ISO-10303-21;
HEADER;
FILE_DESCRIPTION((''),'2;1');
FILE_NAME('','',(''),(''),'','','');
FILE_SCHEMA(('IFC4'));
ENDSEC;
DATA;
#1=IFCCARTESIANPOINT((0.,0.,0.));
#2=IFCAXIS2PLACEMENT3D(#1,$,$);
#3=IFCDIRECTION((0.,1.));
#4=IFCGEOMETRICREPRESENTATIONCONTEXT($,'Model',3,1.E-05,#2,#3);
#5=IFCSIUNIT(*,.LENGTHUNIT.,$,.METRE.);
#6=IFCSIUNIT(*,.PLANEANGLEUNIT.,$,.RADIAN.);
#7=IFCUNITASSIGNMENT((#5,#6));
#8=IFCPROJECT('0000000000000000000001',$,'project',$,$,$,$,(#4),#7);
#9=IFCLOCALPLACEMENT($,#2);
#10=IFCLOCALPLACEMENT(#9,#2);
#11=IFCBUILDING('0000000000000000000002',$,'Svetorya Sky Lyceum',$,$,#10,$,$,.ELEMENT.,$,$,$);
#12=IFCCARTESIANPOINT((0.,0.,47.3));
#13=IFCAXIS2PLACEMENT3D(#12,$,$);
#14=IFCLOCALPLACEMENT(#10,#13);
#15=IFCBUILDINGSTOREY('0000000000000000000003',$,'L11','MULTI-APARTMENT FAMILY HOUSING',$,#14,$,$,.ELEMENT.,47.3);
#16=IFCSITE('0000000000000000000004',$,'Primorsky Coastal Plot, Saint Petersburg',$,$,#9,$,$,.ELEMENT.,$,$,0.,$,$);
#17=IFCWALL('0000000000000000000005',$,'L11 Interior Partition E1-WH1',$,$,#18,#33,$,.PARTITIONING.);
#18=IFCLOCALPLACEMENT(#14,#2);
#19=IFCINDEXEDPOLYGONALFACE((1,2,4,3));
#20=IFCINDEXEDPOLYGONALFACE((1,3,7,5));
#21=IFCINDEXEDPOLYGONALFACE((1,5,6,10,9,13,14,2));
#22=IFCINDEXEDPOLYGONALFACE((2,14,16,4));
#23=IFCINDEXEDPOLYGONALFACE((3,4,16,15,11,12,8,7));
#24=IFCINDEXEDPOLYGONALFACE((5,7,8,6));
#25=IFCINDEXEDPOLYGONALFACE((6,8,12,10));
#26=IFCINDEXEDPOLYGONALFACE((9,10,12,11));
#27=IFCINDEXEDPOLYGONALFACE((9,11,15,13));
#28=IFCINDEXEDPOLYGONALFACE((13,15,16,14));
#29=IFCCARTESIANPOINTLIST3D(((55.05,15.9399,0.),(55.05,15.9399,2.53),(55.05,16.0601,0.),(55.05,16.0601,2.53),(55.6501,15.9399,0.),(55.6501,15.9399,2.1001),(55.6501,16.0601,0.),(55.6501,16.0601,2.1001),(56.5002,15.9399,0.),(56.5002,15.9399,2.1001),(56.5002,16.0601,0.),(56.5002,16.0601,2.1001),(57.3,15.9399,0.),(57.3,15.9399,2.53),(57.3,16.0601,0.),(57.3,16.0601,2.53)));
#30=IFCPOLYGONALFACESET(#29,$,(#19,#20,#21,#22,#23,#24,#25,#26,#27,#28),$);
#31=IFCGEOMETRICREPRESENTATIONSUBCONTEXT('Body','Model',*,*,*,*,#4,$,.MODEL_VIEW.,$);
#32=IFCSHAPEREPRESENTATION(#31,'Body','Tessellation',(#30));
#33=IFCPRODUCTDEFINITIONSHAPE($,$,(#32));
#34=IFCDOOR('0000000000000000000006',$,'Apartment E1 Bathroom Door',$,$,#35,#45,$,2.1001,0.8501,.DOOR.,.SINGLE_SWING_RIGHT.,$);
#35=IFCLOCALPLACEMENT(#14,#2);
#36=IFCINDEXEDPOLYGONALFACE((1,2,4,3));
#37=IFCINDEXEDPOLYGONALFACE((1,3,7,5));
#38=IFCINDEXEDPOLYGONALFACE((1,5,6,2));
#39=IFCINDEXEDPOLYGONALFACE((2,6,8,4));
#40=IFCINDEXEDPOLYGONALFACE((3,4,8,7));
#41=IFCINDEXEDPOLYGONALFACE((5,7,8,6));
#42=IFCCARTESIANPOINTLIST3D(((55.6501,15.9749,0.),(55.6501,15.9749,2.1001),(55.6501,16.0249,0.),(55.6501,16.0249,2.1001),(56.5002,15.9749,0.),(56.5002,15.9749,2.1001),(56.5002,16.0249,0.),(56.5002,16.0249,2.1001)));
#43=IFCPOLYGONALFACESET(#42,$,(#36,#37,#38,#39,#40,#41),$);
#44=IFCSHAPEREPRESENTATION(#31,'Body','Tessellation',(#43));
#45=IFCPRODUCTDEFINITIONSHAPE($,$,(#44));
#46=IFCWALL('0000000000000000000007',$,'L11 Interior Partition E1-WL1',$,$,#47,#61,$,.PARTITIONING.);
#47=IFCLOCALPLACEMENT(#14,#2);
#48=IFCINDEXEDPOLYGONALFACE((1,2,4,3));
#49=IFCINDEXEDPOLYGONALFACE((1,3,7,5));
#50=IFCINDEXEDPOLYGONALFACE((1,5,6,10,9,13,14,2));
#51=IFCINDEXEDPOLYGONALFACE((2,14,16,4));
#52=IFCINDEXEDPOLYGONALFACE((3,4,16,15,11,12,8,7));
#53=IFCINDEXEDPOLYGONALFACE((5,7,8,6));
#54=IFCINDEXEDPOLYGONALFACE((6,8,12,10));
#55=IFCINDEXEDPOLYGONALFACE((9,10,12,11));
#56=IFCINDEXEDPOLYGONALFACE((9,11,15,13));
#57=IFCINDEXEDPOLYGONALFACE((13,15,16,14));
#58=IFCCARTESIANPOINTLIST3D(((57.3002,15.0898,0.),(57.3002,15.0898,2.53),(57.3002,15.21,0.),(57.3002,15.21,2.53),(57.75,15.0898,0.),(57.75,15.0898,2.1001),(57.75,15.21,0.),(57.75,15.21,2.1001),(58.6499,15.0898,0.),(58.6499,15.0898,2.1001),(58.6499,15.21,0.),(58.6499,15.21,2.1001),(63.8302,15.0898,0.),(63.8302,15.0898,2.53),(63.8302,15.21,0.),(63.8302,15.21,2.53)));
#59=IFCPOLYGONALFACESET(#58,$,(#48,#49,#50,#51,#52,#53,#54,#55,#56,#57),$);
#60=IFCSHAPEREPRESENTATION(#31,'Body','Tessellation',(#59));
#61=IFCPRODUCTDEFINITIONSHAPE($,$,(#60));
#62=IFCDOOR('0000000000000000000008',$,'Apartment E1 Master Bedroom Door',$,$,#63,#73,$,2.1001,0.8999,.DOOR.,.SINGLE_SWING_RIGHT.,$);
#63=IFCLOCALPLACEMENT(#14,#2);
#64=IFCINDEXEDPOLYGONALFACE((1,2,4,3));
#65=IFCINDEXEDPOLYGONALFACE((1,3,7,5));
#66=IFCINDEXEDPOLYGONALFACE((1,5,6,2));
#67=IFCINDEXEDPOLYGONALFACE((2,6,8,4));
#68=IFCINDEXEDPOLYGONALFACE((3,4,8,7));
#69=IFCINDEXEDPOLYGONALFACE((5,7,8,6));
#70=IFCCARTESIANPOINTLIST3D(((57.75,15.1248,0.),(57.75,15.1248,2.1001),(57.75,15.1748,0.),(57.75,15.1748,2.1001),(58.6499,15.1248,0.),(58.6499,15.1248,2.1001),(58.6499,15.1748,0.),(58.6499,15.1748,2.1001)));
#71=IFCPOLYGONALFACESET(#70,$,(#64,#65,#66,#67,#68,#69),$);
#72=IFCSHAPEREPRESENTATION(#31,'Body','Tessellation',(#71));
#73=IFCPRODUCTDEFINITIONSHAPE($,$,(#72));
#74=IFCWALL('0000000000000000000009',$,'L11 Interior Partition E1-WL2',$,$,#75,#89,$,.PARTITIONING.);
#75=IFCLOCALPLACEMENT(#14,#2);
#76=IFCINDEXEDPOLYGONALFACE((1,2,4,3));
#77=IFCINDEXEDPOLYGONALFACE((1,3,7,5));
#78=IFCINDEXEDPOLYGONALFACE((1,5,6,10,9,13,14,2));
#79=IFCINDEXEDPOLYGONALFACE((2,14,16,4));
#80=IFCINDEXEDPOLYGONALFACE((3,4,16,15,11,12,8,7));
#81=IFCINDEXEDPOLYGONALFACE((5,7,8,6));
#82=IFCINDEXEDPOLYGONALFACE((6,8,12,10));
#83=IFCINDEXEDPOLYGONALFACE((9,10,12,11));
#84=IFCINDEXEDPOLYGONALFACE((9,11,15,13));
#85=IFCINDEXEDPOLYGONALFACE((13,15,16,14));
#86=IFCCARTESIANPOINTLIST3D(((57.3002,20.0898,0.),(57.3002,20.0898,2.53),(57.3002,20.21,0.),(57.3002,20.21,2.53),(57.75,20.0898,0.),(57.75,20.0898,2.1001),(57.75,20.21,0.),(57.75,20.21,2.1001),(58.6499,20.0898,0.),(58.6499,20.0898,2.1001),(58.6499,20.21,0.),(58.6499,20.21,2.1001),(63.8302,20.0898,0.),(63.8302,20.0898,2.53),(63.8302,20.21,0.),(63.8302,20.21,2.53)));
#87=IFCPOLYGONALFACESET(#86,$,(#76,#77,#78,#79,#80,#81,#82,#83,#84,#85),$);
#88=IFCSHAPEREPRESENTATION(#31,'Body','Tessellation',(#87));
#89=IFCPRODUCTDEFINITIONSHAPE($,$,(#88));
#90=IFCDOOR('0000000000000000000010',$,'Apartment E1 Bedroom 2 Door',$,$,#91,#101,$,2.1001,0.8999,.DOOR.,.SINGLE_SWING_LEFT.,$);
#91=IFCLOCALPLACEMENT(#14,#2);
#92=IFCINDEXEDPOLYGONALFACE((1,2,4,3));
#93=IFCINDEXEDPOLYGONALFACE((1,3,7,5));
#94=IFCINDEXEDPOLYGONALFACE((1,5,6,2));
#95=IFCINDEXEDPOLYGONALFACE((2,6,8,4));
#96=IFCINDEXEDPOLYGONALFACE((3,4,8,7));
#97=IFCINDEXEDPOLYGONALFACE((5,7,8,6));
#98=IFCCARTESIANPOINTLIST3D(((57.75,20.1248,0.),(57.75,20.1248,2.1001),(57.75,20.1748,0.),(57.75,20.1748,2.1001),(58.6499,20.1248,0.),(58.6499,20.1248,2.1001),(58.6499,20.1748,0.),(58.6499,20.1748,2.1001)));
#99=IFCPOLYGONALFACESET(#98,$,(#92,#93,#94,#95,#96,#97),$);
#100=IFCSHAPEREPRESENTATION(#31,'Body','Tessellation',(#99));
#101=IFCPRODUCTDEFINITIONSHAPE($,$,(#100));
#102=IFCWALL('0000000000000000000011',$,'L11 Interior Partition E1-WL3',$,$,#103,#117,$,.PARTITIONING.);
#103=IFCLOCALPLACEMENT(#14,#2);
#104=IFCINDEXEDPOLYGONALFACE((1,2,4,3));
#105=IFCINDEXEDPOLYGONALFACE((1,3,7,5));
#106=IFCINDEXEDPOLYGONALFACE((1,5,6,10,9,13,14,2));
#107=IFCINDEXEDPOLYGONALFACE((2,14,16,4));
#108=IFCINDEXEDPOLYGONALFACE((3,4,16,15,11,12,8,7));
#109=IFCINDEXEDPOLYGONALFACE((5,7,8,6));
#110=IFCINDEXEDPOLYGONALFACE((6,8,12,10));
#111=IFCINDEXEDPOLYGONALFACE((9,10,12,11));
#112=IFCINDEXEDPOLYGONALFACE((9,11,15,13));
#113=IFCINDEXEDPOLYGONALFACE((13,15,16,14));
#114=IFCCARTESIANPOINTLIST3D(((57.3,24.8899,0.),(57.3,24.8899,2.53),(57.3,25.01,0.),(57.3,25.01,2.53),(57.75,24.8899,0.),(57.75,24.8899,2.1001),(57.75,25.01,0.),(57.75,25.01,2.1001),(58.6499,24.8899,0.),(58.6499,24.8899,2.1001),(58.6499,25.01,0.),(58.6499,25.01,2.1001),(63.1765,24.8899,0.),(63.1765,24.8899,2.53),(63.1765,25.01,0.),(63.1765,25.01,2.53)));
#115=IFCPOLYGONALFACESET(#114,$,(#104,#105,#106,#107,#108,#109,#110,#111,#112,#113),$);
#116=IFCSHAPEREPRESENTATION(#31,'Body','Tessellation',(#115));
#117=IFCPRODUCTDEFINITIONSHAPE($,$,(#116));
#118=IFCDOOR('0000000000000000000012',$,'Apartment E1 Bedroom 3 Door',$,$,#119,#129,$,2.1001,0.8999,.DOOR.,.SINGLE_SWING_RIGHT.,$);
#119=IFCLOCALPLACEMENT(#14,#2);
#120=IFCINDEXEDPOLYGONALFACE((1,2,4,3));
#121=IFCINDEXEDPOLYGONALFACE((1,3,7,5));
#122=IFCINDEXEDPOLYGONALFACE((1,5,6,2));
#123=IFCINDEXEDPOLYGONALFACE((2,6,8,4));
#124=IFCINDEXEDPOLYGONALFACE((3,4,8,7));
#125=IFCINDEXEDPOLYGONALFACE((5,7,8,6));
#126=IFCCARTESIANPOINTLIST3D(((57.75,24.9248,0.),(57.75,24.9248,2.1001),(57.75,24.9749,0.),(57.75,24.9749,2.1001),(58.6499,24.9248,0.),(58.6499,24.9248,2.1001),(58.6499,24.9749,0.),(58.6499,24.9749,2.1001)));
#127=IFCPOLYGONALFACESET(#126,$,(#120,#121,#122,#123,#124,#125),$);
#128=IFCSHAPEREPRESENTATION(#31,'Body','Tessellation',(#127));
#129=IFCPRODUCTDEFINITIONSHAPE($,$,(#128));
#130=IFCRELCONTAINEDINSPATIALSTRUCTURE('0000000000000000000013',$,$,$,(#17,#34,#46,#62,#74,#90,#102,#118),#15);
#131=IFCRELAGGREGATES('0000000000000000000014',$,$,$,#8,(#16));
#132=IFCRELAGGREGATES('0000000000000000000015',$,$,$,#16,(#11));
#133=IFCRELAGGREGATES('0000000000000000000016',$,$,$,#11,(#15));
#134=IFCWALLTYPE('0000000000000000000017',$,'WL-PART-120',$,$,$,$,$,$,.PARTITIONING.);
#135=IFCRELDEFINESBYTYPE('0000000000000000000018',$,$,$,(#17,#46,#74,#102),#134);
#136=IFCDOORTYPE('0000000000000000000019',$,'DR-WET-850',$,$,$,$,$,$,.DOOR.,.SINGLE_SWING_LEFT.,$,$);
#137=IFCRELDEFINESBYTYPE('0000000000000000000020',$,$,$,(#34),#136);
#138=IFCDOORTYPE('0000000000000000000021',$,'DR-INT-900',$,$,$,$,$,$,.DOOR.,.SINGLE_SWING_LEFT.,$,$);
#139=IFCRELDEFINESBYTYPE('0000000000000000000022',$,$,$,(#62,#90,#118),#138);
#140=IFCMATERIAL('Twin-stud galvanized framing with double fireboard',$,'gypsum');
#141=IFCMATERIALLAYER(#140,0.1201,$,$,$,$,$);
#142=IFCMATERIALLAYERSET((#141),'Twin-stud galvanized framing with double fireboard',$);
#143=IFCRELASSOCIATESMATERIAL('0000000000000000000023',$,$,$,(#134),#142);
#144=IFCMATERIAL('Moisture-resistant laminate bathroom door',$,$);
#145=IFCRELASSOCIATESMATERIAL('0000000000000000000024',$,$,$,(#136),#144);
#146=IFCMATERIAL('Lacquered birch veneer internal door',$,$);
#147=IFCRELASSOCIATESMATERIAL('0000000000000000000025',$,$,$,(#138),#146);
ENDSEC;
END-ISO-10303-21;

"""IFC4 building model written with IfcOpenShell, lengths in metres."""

from ifc_helpers import new_model, si_unit, direction, frame, frame_2d, origin, place, context, subcontext, project, spatial, rectangle, extrude, material, layer, layer_set, type_object, element, fill, save


model = new_model("IFC4")

# Units and contexts
model_context = context("Model", 3, precision=1e-05, world=origin(), true_north=direction((0.0, 1.0)))
body_context = subcontext(model_context, "Body", "Model", "MODEL_VIEW")
ifc_project = project(units=[si_unit("LENGTHUNIT", "METRE"), si_unit("PLANEANGLEUNIT", "RADIAN")], contexts=[model_context])

# Site, building, storey
site_placement = place(None, origin())
site = spatial("IfcSite", under=ifc_project, at=site_placement, Name="Primorsky Coastal Plot, Saint Petersburg", CompositionType="ELEMENT", RefElevation=0.0)
building_placement = place(site_placement, origin())
building = spatial("IfcBuilding", under=site, at=building_placement, Name="Svetorya Sky Lyceum", CompositionType="ELEMENT")
storey_placement = place(building_placement, frame((0.0, 0.0, 47.3)))
storey = spatial("IfcBuildingStorey", under=building, at=storey_placement, Name="L11", Description="MULTI-APARTMENT FAMILY HOUSING", CompositionType="ELEMENT", Elevation=47.3)

# Walls, openings, doors
ifc_material_1 = material(Name="Twin-stud galvanized framing with double fireboard", Category="gypsum")
ifc_layer_1 = layer(ifc_material_1, 0.1201)
ifc_layer_set_1 = layer_set([ifc_layer_1], Name="Twin-stud galvanized framing with double fireboard")
wall_type_1 = type_object("IfcWallType", Name="WL-PART-120", PredefinedType="PARTITIONING", material=ifc_layer_set_1)
wall_1_placement = place(storey_placement, frame((55.05, 16.0, 0.0), z_axis=(0.0, 0.0, 1.0), x_axis=(1.0, 0.0, 0.0)))
wall_1 = element("IfcWall", 1, at=wall_1_placement, inside=storey, type_object=wall_type_1, Name="L11 Interior Partition E1-WH1", PredefinedType="PARTITIONING", context=body_context, shape_type="SweptSolid", body=[
    extrude(rectangle(XDim=2.25, YDim=0.1201, at=frame_2d((1.125, 0.0))), origin(), (0.0, 0.0, 1.0), 2.53),
])
opening_1_placement = place(wall_1_placement, frame((0.6001, 0.0, 0.0)))
opening_1 = element("IfcOpeningElement", 2, at=opening_1_placement, cuts=wall_1, PredefinedType="OPENING", context=body_context, shape_type="SweptSolid", body=[
    extrude(rectangle(XDim=0.8501, YDim=2.1001, at=frame_2d((0.425, 1.05))), frame((0.0, 0.0701, 0.0), z_axis=(0.0, -1.0, 0.0), x_axis=(1.0, 0.0, 0.0)), (0.0, 0.0, 1.0), 0.1401),
])
ifc_material_2 = material(Name="Moisture-resistant laminate bathroom door")
door_type_1 = type_object("IfcDoorType", Name="DR-WET-850", OperationType="SINGLE_SWING_LEFT", PredefinedType="DOOR", material=ifc_material_2)
door_1_placement = place(opening_1_placement, origin())
door_1 = element("IfcDoor", 3, at=door_1_placement, inside=storey, type_object=door_type_1, Name="Apartment E1 Bathroom Door", OperationType="SINGLE_SWING_RIGHT", OverallHeight=2.1001, OverallWidth=0.8501, PredefinedType="DOOR", context=body_context, shape_type="SweptSolid", body=[
    extrude(rectangle(XDim=0.8501, YDim=2.1001, at=frame_2d((0.425, 1.05))), frame((0.0, 0.0249, 0.0), z_axis=(0.0, -1.0, 0.0), x_axis=(1.0, 0.0, 0.0)), (0.0, 0.0, 1.0), 0.05),
])
fill(opening_1, door_1)
wall_2_placement = place(storey_placement, frame((57.3, 15.1499, 0.0), z_axis=(0.0, 0.0, 1.0), x_axis=(1.0, 0.0, 0.0)))
wall_2 = element("IfcWall", 4, at=wall_2_placement, inside=storey, type_object=wall_type_1, Name="L11 Interior Partition E1-WL1", PredefinedType="PARTITIONING", context=body_context, shape_type="SweptSolid", body=[
    extrude(rectangle(XDim=6.53, YDim=0.1201, at=frame_2d((3.2651, 0.0))), origin(), (0.0, 0.0, 1.0), 2.53),
])
opening_2_placement = place(wall_2_placement, frame((0.45, 0.0, 0.0)))
opening_2 = element("IfcOpeningElement", 5, at=opening_2_placement, cuts=wall_2, PredefinedType="OPENING", context=body_context, shape_type="SweptSolid", body=[
    extrude(rectangle(XDim=0.8999, YDim=2.1001, at=frame_2d((0.45, 1.05))), frame((0.0, 0.0701, 0.0), z_axis=(0.0, -1.0, 0.0), x_axis=(1.0, 0.0, 0.0)), (0.0, 0.0, 1.0), 0.1401),
])
ifc_material_3 = material(Name="Lacquered birch veneer internal door")
door_type_2 = type_object("IfcDoorType", Name="DR-INT-900", OperationType="SINGLE_SWING_LEFT", PredefinedType="DOOR", material=ifc_material_3)
door_2_placement = place(opening_2_placement, origin())
door_2 = element("IfcDoor", 6, at=door_2_placement, inside=storey, type_object=door_type_2, Name="Apartment E1 Master Bedroom Door", OperationType="SINGLE_SWING_RIGHT", OverallHeight=2.1001, OverallWidth=0.8999, PredefinedType="DOOR", context=body_context, shape_type="SweptSolid", body=[
    extrude(rectangle(XDim=0.8999, YDim=2.1001, at=frame_2d((0.45, 1.05))), frame((0.0, 0.0249, 0.0), z_axis=(0.0, -1.0, 0.0), x_axis=(1.0, 0.0, 0.0)), (0.0, 0.0, 1.0), 0.05),
])
fill(opening_2, door_2)
wall_3_placement = place(storey_placement, frame((57.3, 20.1499, 0.0), z_axis=(0.0, 0.0, 1.0), x_axis=(1.0, 0.0, 0.0)))
wall_3 = element("IfcWall", 7, at=wall_3_placement, inside=storey, type_object=wall_type_1, Name="L11 Interior Partition E1-WL2", PredefinedType="PARTITIONING", context=body_context, shape_type="SweptSolid", body=[
    extrude(rectangle(XDim=6.53, YDim=0.1201, at=frame_2d((3.2651, 0.0))), origin(), (0.0, 0.0, 1.0), 2.53),
])
opening_3_placement = place(wall_3_placement, frame((0.45, 0.0, 0.0)))
opening_3 = element("IfcOpeningElement", 8, at=opening_3_placement, cuts=wall_3, PredefinedType="OPENING", context=body_context, shape_type="SweptSolid", body=[
    extrude(rectangle(XDim=0.8999, YDim=2.1001, at=frame_2d((0.45, 1.05))), frame((0.0, 0.0701, 0.0), z_axis=(0.0, -1.0, 0.0), x_axis=(1.0, 0.0, 0.0)), (0.0, 0.0, 1.0), 0.1401),
])
door_3_placement = place(opening_3_placement, origin())
door_3 = element("IfcDoor", 9, at=door_3_placement, inside=storey, type_object=door_type_2, Name="Apartment E1 Bedroom 2 Door", OperationType="SINGLE_SWING_LEFT", OverallHeight=2.1001, OverallWidth=0.8999, PredefinedType="DOOR", context=body_context, shape_type="SweptSolid", body=[
    extrude(rectangle(XDim=0.8999, YDim=2.1001, at=frame_2d((0.45, 1.05))), frame((0.0, 0.0249, 0.0), z_axis=(0.0, -1.0, 0.0), x_axis=(1.0, 0.0, 0.0)), (0.0, 0.0, 1.0), 0.05),
])
fill(opening_3, door_3)
wall_4_placement = place(storey_placement, frame((57.3, 24.95, 0.0), z_axis=(0.0, 0.0, 1.0), x_axis=(1.0, 0.0, 0.0)))
wall_4 = element("IfcWall", 10, at=wall_4_placement, inside=storey, type_object=wall_type_1, Name="L11 Interior Partition E1-WL3", PredefinedType="PARTITIONING", context=body_context, shape_type="SweptSolid", body=[
    extrude(rectangle(XDim=5.8765, YDim=0.1201, at=frame_2d((2.9382, 0.0))), origin(), (0.0, 0.0, 1.0), 2.53),
])
opening_4_placement = place(wall_4_placement, frame((0.45, 0.0, 0.0)))
opening_4 = element("IfcOpeningElement", 11, at=opening_4_placement, cuts=wall_4, PredefinedType="OPENING", context=body_context, shape_type="SweptSolid", body=[
    extrude(rectangle(XDim=0.8999, YDim=2.1001, at=frame_2d((0.45, 1.05))), frame((0.0, 0.0701, 0.0), z_axis=(0.0, -1.0, 0.0), x_axis=(1.0, 0.0, 0.0)), (0.0, 0.0, 1.0), 0.1401),
])
door_4_placement = place(opening_4_placement, origin())
door_4 = element("IfcDoor", 12, at=door_4_placement, inside=storey, type_object=door_type_2, Name="Apartment E1 Bedroom 3 Door", OperationType="SINGLE_SWING_RIGHT", OverallHeight=2.1001, OverallWidth=0.8999, PredefinedType="DOOR", context=body_context, shape_type="SweptSolid", body=[
    extrude(rectangle(XDim=0.8999, YDim=2.1001, at=frame_2d((0.45, 1.05))), frame((0.0, 0.0249, 0.0), z_axis=(0.0, -1.0, 0.0), x_axis=(1.0, 0.0, 0.0)), (0.0, 0.0, 1.0), 0.05),
])
fill(opening_4, door_4)

save(model, "model.ifc")
